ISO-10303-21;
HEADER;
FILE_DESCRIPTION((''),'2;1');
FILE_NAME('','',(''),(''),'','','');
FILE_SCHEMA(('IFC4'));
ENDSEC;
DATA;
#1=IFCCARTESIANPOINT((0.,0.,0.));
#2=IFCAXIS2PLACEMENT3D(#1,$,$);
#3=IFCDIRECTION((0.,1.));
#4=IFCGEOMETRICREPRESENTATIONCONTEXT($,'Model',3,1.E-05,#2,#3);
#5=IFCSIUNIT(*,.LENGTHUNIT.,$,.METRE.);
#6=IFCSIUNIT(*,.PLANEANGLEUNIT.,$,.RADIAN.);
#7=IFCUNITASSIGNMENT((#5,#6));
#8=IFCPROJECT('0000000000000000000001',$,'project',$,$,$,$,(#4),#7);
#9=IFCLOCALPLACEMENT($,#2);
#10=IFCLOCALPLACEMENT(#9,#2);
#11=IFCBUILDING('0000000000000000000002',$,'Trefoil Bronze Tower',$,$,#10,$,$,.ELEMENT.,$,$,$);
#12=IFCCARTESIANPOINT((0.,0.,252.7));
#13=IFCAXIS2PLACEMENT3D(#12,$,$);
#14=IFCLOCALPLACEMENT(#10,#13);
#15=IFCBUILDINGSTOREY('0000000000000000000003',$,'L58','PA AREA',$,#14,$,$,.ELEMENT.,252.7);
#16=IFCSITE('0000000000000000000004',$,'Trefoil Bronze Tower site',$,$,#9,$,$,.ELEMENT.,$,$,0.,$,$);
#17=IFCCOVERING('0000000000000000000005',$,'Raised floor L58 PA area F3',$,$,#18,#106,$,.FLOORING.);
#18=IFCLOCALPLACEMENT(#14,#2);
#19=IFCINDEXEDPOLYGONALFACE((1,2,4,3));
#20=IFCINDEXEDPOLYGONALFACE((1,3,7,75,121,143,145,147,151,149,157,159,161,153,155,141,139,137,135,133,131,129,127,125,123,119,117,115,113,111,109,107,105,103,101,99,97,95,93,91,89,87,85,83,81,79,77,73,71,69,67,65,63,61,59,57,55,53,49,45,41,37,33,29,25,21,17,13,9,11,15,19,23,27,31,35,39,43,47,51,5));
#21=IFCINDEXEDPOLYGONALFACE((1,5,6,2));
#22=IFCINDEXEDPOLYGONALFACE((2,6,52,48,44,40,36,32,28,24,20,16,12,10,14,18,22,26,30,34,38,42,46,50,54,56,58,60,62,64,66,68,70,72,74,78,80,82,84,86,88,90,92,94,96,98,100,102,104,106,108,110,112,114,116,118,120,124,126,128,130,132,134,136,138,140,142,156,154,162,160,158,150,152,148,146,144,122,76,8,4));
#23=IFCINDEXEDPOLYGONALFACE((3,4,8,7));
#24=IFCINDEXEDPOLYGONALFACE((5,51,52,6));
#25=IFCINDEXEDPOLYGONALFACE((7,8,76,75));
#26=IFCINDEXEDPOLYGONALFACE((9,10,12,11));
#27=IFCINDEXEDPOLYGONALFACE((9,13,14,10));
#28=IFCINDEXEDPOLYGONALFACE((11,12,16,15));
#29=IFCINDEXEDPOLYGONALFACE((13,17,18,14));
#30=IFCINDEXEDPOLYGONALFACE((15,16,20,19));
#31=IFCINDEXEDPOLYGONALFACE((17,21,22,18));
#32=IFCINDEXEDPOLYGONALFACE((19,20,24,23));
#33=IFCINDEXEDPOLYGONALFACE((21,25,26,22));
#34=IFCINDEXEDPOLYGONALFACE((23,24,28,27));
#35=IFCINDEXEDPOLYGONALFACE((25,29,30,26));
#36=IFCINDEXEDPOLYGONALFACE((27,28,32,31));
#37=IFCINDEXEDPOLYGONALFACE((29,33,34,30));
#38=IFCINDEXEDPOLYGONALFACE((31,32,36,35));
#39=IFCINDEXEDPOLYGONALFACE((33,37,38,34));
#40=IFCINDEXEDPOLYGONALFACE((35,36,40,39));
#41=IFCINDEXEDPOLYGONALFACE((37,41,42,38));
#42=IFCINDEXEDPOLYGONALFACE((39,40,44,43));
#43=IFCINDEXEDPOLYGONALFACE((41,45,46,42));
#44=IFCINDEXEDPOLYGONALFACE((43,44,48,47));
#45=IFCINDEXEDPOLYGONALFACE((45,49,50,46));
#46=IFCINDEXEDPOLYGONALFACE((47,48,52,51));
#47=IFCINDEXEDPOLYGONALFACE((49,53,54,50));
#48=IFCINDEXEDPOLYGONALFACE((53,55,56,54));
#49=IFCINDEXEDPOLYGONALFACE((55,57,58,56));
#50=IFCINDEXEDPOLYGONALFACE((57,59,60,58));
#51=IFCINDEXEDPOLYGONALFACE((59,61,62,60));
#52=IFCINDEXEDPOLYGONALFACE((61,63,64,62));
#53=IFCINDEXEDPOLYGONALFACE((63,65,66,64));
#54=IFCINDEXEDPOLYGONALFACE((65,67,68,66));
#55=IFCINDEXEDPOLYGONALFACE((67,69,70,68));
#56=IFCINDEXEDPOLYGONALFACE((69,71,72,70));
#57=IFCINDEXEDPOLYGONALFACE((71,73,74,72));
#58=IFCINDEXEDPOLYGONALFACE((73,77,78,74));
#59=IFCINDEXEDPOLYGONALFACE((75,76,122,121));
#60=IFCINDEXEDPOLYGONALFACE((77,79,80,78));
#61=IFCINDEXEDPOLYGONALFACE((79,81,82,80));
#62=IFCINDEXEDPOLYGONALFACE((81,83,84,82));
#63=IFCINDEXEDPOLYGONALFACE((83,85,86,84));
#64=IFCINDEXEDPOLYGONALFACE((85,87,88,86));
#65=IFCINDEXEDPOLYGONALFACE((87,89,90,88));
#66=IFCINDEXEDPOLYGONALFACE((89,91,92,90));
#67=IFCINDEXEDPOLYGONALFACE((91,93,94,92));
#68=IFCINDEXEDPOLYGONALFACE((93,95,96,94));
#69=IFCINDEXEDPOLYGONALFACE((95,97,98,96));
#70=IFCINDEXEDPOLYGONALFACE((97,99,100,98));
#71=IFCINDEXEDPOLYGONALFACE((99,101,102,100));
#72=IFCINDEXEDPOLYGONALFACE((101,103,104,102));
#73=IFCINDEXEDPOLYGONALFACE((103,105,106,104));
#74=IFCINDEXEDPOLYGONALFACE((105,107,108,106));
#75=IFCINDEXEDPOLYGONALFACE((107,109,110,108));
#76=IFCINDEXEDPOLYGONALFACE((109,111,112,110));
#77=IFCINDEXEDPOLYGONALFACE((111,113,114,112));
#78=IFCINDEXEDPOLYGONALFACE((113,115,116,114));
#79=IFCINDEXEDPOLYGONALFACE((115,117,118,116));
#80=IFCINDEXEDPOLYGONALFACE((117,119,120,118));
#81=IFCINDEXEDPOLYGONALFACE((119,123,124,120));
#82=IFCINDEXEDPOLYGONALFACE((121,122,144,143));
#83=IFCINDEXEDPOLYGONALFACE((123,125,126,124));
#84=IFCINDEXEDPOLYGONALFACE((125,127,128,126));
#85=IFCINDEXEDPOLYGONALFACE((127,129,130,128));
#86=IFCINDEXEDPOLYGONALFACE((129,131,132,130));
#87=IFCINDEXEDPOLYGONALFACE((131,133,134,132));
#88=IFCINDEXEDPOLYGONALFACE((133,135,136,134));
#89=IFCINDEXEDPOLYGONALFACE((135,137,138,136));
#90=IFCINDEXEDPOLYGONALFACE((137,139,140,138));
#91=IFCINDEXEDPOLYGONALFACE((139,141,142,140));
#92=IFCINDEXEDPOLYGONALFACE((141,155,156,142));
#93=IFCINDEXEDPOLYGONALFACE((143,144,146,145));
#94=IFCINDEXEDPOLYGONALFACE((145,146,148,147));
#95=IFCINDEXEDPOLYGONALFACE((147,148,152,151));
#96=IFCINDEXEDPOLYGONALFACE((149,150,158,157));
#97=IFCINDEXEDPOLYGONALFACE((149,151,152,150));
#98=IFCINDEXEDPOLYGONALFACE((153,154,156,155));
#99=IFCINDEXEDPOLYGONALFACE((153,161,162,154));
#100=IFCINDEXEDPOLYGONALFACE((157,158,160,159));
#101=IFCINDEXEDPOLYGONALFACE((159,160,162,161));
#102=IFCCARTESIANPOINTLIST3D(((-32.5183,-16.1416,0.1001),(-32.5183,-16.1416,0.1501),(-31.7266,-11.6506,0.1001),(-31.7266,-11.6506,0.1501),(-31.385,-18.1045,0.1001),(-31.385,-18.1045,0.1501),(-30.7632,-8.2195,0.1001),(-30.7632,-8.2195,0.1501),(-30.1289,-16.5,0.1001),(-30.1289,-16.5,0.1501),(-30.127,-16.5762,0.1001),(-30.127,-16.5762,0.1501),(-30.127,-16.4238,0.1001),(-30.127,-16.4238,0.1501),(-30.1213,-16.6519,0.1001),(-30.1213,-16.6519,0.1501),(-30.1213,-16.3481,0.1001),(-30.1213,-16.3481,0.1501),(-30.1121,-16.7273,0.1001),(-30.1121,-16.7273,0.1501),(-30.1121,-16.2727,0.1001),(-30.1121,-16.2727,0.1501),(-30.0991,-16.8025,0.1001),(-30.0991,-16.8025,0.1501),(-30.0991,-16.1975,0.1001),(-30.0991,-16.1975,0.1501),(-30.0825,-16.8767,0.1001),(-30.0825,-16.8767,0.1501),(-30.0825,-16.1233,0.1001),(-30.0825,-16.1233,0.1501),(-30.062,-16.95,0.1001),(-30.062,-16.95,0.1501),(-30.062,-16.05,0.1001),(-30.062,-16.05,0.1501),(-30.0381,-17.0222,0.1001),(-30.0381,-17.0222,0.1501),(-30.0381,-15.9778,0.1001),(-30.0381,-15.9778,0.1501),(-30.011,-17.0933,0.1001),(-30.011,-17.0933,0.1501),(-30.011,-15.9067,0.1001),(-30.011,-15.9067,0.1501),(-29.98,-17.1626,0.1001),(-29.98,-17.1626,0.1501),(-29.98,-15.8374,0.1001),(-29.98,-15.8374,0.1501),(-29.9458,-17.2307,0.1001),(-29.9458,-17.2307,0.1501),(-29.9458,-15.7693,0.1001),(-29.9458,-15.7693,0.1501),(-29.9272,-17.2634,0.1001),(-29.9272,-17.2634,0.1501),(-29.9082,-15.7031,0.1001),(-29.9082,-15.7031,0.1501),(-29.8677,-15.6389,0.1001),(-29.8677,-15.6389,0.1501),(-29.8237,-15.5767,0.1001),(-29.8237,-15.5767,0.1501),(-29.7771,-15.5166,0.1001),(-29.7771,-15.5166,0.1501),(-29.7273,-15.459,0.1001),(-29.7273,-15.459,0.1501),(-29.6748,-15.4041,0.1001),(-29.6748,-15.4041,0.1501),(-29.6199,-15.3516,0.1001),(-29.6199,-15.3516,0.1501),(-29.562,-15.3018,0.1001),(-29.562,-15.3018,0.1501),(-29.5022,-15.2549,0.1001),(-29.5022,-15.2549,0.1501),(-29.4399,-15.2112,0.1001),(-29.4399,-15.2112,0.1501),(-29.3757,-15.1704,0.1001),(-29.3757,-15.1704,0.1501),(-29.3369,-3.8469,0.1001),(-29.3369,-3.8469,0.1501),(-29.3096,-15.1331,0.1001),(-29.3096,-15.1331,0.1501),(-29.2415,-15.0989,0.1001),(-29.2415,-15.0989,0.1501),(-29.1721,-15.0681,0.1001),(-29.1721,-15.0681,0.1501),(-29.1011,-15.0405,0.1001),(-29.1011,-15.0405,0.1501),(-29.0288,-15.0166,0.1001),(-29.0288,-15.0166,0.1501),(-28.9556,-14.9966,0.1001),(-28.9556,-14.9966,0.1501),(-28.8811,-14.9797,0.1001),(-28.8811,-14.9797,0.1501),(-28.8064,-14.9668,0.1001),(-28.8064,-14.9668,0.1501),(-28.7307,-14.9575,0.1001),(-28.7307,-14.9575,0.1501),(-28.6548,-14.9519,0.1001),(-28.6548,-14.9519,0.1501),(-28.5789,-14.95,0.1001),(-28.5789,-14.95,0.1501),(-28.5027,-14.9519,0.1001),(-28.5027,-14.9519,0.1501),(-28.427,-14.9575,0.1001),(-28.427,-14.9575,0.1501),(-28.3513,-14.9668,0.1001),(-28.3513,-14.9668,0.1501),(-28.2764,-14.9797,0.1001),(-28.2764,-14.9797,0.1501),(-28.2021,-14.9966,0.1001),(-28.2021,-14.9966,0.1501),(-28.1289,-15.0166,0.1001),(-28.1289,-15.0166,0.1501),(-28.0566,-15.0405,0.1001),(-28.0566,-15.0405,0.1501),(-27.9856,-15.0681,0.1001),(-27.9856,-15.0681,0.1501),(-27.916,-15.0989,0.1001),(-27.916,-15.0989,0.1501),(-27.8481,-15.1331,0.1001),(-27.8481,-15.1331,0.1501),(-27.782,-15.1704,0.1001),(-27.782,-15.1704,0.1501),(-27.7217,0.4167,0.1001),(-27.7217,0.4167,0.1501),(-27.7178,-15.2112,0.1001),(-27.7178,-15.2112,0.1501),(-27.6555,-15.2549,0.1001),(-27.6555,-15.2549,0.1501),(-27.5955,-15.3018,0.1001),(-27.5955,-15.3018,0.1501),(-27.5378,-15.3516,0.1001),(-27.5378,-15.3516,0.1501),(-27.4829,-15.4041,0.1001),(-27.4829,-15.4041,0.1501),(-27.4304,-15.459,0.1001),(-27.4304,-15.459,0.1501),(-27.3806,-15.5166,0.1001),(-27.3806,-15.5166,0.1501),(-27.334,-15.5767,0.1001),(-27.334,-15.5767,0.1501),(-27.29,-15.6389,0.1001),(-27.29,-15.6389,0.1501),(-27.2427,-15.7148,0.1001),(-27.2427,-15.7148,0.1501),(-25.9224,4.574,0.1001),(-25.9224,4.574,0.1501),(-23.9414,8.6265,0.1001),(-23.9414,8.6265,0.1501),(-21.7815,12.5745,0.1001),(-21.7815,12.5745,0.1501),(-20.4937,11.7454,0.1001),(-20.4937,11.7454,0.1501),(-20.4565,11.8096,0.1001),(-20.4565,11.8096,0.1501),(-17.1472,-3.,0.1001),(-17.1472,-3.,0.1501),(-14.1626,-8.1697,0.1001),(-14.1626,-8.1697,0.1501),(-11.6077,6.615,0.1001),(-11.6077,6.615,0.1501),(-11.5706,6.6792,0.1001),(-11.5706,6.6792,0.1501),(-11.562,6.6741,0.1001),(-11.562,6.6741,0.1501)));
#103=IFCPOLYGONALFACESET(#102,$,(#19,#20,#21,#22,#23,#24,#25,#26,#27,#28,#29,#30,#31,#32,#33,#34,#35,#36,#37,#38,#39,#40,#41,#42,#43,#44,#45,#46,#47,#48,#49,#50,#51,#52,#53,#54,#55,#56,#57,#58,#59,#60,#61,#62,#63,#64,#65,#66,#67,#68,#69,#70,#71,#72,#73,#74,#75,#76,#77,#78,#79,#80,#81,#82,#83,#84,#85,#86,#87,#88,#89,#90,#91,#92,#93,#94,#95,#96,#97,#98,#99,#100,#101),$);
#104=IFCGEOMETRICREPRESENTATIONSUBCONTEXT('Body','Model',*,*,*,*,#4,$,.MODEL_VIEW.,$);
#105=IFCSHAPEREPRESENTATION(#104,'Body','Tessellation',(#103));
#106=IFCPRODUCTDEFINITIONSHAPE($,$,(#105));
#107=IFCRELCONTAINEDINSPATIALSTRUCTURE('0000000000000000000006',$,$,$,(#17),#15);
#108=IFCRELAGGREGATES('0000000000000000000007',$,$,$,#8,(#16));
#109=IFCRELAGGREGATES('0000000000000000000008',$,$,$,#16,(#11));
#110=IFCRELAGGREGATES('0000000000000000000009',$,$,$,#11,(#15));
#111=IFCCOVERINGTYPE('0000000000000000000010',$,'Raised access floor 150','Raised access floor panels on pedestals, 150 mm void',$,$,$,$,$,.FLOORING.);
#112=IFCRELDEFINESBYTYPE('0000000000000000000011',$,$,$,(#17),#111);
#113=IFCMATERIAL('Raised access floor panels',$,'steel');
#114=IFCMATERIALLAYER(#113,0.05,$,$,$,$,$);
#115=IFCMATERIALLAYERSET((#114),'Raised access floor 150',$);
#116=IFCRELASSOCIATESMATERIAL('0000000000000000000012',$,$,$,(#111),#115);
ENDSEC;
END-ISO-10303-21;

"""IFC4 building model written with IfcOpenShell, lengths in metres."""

from ifc_helpers import new_model, si_unit, direction, frame, origin, place, context, subcontext, project, spatial, polyline, outline, extrude, material, layer, layer_set, type_object, element, save


model = new_model("IFC4")

# Units and contexts
model_context = context("Model", 3, precision=1e-05, world=origin(), true_north=direction((0.0, 1.0)))
body_context = subcontext(model_context, "Body", "Model", "MODEL_VIEW")
ifc_project = project(units=[si_unit("LENGTHUNIT", "METRE"), si_unit("PLANEANGLEUNIT", "RADIAN")], contexts=[model_context])

# Site, building, storey
site_placement = place(None, origin())
site = spatial("IfcSite", under=ifc_project, at=site_placement, Name="Trefoil Bronze Tower site", CompositionType="ELEMENT", RefElevation=0.0)
building_placement = place(site_placement, origin())
building = spatial("IfcBuilding", under=site, at=building_placement, Name="Trefoil Bronze Tower", CompositionType="ELEMENT")
storey_placement = place(building_placement, frame((0.0, 0.0, 252.7)))
storey = spatial("IfcBuildingStorey", under=building, at=storey_placement, Name="L58", Description="PA AREA", CompositionType="ELEMENT", Elevation=252.7)

# Covering
ifc_material_1 = material(Name="Raised access floor panels", Category="steel")
ifc_layer_1 = layer(ifc_material_1, 0.05)
ifc_layer_set_1 = layer_set([ifc_layer_1], Name="Raised access floor 150")
covering_type_1 = type_object("IfcCoveringType", Name="Raised access floor 150", Description="Raised access floor panels on pedestals, 150 mm void", PredefinedType="FLOORING", material=ifc_layer_set_1)
covering_1_placement = place(storey_placement, frame((0.0, 0.0, 0.1001)))
element("IfcCovering", 1, at=covering_1_placement, inside=storey, type_object=covering_type_1, Name="Raised floor L58 PA area F3", PredefinedType="FLOORING", context=body_context, shape_type="SweptSolid", body=[
    extrude(outline(polyline([(-29.9272, -17.2634), (-31.385, -18.1045), (-32.5183, -16.1416), (-31.7266, -11.6506), (-30.7632, -8.2195), (-29.3369, -3.8469), (-27.7217, 0.4167), (-25.9224, 4.574), (-23.9414, 8.6265), (-21.7815, 12.5745), (-20.4565, 11.8096), (-20.4937, 11.7454), (-11.6077, 6.615), (-11.5706, 6.6792), (-11.562, 6.6741), (-17.1472, -3.0), (-14.1626, -8.1697), (-27.2427, -15.7148), (-27.29, -15.6389), (-27.334, -15.5767), (-27.3806, -15.5166), (-27.4304, -15.459), (-27.4829, -15.4041), (-27.5378, -15.3516), (-27.5955, -15.3018), (-27.6555, -15.2549), (-27.7178, -15.2112), (-27.782, -15.1704), (-27.8481, -15.1331), (-27.916, -15.0989), (-27.9856, -15.0681), (-28.0566, -15.0405), (-28.1289, -15.0166), (-28.2021, -14.9966), (-28.2764, -14.9797), (-28.3513, -14.9668), (-28.427, -14.9575), (-28.5027, -14.9519), (-28.5789, -14.95), (-28.6548, -14.9519), (-28.7307, -14.9575), (-28.8064, -14.9668), (-28.8811, -14.9797), (-28.9556, -14.9966), (-29.0288, -15.0166), (-29.1011, -15.0405), (-29.1721, -15.0681), (-29.2415, -15.0989), (-29.3096, -15.1331), (-29.3757, -15.1704), (-29.4399, -15.2112), (-29.5022, -15.2549), (-29.562, -15.3018), (-29.6199, -15.3516), (-29.6748, -15.4041), (-29.7273, -15.459), (-29.7771, -15.5166), (-29.8237, -15.5767), (-29.8677, -15.6389), (-29.9082, -15.7031), (-29.9458, -15.7693), (-29.98, -15.8374), (-30.011, -15.9067), (-30.0381, -15.9778), (-30.062, -16.05), (-30.0825, -16.1233), (-30.0991, -16.1975), (-30.1121, -16.2727), (-30.1213, -16.3481), (-30.127, -16.4238), (-30.1289, -16.5), (-30.127, -16.5762), (-30.1213, -16.6519), (-30.1121, -16.7273), (-30.0991, -16.8025), (-30.0825, -16.8767), (-30.062, -16.95), (-30.0381, -17.0222), (-30.011, -17.0933), (-29.98, -17.1626), (-29.9458, -17.2307), (-29.9272, -17.2634)])), origin(), (0.0, 0.0, 1.0), 0.05),
])

save(model, "model.ifc")
